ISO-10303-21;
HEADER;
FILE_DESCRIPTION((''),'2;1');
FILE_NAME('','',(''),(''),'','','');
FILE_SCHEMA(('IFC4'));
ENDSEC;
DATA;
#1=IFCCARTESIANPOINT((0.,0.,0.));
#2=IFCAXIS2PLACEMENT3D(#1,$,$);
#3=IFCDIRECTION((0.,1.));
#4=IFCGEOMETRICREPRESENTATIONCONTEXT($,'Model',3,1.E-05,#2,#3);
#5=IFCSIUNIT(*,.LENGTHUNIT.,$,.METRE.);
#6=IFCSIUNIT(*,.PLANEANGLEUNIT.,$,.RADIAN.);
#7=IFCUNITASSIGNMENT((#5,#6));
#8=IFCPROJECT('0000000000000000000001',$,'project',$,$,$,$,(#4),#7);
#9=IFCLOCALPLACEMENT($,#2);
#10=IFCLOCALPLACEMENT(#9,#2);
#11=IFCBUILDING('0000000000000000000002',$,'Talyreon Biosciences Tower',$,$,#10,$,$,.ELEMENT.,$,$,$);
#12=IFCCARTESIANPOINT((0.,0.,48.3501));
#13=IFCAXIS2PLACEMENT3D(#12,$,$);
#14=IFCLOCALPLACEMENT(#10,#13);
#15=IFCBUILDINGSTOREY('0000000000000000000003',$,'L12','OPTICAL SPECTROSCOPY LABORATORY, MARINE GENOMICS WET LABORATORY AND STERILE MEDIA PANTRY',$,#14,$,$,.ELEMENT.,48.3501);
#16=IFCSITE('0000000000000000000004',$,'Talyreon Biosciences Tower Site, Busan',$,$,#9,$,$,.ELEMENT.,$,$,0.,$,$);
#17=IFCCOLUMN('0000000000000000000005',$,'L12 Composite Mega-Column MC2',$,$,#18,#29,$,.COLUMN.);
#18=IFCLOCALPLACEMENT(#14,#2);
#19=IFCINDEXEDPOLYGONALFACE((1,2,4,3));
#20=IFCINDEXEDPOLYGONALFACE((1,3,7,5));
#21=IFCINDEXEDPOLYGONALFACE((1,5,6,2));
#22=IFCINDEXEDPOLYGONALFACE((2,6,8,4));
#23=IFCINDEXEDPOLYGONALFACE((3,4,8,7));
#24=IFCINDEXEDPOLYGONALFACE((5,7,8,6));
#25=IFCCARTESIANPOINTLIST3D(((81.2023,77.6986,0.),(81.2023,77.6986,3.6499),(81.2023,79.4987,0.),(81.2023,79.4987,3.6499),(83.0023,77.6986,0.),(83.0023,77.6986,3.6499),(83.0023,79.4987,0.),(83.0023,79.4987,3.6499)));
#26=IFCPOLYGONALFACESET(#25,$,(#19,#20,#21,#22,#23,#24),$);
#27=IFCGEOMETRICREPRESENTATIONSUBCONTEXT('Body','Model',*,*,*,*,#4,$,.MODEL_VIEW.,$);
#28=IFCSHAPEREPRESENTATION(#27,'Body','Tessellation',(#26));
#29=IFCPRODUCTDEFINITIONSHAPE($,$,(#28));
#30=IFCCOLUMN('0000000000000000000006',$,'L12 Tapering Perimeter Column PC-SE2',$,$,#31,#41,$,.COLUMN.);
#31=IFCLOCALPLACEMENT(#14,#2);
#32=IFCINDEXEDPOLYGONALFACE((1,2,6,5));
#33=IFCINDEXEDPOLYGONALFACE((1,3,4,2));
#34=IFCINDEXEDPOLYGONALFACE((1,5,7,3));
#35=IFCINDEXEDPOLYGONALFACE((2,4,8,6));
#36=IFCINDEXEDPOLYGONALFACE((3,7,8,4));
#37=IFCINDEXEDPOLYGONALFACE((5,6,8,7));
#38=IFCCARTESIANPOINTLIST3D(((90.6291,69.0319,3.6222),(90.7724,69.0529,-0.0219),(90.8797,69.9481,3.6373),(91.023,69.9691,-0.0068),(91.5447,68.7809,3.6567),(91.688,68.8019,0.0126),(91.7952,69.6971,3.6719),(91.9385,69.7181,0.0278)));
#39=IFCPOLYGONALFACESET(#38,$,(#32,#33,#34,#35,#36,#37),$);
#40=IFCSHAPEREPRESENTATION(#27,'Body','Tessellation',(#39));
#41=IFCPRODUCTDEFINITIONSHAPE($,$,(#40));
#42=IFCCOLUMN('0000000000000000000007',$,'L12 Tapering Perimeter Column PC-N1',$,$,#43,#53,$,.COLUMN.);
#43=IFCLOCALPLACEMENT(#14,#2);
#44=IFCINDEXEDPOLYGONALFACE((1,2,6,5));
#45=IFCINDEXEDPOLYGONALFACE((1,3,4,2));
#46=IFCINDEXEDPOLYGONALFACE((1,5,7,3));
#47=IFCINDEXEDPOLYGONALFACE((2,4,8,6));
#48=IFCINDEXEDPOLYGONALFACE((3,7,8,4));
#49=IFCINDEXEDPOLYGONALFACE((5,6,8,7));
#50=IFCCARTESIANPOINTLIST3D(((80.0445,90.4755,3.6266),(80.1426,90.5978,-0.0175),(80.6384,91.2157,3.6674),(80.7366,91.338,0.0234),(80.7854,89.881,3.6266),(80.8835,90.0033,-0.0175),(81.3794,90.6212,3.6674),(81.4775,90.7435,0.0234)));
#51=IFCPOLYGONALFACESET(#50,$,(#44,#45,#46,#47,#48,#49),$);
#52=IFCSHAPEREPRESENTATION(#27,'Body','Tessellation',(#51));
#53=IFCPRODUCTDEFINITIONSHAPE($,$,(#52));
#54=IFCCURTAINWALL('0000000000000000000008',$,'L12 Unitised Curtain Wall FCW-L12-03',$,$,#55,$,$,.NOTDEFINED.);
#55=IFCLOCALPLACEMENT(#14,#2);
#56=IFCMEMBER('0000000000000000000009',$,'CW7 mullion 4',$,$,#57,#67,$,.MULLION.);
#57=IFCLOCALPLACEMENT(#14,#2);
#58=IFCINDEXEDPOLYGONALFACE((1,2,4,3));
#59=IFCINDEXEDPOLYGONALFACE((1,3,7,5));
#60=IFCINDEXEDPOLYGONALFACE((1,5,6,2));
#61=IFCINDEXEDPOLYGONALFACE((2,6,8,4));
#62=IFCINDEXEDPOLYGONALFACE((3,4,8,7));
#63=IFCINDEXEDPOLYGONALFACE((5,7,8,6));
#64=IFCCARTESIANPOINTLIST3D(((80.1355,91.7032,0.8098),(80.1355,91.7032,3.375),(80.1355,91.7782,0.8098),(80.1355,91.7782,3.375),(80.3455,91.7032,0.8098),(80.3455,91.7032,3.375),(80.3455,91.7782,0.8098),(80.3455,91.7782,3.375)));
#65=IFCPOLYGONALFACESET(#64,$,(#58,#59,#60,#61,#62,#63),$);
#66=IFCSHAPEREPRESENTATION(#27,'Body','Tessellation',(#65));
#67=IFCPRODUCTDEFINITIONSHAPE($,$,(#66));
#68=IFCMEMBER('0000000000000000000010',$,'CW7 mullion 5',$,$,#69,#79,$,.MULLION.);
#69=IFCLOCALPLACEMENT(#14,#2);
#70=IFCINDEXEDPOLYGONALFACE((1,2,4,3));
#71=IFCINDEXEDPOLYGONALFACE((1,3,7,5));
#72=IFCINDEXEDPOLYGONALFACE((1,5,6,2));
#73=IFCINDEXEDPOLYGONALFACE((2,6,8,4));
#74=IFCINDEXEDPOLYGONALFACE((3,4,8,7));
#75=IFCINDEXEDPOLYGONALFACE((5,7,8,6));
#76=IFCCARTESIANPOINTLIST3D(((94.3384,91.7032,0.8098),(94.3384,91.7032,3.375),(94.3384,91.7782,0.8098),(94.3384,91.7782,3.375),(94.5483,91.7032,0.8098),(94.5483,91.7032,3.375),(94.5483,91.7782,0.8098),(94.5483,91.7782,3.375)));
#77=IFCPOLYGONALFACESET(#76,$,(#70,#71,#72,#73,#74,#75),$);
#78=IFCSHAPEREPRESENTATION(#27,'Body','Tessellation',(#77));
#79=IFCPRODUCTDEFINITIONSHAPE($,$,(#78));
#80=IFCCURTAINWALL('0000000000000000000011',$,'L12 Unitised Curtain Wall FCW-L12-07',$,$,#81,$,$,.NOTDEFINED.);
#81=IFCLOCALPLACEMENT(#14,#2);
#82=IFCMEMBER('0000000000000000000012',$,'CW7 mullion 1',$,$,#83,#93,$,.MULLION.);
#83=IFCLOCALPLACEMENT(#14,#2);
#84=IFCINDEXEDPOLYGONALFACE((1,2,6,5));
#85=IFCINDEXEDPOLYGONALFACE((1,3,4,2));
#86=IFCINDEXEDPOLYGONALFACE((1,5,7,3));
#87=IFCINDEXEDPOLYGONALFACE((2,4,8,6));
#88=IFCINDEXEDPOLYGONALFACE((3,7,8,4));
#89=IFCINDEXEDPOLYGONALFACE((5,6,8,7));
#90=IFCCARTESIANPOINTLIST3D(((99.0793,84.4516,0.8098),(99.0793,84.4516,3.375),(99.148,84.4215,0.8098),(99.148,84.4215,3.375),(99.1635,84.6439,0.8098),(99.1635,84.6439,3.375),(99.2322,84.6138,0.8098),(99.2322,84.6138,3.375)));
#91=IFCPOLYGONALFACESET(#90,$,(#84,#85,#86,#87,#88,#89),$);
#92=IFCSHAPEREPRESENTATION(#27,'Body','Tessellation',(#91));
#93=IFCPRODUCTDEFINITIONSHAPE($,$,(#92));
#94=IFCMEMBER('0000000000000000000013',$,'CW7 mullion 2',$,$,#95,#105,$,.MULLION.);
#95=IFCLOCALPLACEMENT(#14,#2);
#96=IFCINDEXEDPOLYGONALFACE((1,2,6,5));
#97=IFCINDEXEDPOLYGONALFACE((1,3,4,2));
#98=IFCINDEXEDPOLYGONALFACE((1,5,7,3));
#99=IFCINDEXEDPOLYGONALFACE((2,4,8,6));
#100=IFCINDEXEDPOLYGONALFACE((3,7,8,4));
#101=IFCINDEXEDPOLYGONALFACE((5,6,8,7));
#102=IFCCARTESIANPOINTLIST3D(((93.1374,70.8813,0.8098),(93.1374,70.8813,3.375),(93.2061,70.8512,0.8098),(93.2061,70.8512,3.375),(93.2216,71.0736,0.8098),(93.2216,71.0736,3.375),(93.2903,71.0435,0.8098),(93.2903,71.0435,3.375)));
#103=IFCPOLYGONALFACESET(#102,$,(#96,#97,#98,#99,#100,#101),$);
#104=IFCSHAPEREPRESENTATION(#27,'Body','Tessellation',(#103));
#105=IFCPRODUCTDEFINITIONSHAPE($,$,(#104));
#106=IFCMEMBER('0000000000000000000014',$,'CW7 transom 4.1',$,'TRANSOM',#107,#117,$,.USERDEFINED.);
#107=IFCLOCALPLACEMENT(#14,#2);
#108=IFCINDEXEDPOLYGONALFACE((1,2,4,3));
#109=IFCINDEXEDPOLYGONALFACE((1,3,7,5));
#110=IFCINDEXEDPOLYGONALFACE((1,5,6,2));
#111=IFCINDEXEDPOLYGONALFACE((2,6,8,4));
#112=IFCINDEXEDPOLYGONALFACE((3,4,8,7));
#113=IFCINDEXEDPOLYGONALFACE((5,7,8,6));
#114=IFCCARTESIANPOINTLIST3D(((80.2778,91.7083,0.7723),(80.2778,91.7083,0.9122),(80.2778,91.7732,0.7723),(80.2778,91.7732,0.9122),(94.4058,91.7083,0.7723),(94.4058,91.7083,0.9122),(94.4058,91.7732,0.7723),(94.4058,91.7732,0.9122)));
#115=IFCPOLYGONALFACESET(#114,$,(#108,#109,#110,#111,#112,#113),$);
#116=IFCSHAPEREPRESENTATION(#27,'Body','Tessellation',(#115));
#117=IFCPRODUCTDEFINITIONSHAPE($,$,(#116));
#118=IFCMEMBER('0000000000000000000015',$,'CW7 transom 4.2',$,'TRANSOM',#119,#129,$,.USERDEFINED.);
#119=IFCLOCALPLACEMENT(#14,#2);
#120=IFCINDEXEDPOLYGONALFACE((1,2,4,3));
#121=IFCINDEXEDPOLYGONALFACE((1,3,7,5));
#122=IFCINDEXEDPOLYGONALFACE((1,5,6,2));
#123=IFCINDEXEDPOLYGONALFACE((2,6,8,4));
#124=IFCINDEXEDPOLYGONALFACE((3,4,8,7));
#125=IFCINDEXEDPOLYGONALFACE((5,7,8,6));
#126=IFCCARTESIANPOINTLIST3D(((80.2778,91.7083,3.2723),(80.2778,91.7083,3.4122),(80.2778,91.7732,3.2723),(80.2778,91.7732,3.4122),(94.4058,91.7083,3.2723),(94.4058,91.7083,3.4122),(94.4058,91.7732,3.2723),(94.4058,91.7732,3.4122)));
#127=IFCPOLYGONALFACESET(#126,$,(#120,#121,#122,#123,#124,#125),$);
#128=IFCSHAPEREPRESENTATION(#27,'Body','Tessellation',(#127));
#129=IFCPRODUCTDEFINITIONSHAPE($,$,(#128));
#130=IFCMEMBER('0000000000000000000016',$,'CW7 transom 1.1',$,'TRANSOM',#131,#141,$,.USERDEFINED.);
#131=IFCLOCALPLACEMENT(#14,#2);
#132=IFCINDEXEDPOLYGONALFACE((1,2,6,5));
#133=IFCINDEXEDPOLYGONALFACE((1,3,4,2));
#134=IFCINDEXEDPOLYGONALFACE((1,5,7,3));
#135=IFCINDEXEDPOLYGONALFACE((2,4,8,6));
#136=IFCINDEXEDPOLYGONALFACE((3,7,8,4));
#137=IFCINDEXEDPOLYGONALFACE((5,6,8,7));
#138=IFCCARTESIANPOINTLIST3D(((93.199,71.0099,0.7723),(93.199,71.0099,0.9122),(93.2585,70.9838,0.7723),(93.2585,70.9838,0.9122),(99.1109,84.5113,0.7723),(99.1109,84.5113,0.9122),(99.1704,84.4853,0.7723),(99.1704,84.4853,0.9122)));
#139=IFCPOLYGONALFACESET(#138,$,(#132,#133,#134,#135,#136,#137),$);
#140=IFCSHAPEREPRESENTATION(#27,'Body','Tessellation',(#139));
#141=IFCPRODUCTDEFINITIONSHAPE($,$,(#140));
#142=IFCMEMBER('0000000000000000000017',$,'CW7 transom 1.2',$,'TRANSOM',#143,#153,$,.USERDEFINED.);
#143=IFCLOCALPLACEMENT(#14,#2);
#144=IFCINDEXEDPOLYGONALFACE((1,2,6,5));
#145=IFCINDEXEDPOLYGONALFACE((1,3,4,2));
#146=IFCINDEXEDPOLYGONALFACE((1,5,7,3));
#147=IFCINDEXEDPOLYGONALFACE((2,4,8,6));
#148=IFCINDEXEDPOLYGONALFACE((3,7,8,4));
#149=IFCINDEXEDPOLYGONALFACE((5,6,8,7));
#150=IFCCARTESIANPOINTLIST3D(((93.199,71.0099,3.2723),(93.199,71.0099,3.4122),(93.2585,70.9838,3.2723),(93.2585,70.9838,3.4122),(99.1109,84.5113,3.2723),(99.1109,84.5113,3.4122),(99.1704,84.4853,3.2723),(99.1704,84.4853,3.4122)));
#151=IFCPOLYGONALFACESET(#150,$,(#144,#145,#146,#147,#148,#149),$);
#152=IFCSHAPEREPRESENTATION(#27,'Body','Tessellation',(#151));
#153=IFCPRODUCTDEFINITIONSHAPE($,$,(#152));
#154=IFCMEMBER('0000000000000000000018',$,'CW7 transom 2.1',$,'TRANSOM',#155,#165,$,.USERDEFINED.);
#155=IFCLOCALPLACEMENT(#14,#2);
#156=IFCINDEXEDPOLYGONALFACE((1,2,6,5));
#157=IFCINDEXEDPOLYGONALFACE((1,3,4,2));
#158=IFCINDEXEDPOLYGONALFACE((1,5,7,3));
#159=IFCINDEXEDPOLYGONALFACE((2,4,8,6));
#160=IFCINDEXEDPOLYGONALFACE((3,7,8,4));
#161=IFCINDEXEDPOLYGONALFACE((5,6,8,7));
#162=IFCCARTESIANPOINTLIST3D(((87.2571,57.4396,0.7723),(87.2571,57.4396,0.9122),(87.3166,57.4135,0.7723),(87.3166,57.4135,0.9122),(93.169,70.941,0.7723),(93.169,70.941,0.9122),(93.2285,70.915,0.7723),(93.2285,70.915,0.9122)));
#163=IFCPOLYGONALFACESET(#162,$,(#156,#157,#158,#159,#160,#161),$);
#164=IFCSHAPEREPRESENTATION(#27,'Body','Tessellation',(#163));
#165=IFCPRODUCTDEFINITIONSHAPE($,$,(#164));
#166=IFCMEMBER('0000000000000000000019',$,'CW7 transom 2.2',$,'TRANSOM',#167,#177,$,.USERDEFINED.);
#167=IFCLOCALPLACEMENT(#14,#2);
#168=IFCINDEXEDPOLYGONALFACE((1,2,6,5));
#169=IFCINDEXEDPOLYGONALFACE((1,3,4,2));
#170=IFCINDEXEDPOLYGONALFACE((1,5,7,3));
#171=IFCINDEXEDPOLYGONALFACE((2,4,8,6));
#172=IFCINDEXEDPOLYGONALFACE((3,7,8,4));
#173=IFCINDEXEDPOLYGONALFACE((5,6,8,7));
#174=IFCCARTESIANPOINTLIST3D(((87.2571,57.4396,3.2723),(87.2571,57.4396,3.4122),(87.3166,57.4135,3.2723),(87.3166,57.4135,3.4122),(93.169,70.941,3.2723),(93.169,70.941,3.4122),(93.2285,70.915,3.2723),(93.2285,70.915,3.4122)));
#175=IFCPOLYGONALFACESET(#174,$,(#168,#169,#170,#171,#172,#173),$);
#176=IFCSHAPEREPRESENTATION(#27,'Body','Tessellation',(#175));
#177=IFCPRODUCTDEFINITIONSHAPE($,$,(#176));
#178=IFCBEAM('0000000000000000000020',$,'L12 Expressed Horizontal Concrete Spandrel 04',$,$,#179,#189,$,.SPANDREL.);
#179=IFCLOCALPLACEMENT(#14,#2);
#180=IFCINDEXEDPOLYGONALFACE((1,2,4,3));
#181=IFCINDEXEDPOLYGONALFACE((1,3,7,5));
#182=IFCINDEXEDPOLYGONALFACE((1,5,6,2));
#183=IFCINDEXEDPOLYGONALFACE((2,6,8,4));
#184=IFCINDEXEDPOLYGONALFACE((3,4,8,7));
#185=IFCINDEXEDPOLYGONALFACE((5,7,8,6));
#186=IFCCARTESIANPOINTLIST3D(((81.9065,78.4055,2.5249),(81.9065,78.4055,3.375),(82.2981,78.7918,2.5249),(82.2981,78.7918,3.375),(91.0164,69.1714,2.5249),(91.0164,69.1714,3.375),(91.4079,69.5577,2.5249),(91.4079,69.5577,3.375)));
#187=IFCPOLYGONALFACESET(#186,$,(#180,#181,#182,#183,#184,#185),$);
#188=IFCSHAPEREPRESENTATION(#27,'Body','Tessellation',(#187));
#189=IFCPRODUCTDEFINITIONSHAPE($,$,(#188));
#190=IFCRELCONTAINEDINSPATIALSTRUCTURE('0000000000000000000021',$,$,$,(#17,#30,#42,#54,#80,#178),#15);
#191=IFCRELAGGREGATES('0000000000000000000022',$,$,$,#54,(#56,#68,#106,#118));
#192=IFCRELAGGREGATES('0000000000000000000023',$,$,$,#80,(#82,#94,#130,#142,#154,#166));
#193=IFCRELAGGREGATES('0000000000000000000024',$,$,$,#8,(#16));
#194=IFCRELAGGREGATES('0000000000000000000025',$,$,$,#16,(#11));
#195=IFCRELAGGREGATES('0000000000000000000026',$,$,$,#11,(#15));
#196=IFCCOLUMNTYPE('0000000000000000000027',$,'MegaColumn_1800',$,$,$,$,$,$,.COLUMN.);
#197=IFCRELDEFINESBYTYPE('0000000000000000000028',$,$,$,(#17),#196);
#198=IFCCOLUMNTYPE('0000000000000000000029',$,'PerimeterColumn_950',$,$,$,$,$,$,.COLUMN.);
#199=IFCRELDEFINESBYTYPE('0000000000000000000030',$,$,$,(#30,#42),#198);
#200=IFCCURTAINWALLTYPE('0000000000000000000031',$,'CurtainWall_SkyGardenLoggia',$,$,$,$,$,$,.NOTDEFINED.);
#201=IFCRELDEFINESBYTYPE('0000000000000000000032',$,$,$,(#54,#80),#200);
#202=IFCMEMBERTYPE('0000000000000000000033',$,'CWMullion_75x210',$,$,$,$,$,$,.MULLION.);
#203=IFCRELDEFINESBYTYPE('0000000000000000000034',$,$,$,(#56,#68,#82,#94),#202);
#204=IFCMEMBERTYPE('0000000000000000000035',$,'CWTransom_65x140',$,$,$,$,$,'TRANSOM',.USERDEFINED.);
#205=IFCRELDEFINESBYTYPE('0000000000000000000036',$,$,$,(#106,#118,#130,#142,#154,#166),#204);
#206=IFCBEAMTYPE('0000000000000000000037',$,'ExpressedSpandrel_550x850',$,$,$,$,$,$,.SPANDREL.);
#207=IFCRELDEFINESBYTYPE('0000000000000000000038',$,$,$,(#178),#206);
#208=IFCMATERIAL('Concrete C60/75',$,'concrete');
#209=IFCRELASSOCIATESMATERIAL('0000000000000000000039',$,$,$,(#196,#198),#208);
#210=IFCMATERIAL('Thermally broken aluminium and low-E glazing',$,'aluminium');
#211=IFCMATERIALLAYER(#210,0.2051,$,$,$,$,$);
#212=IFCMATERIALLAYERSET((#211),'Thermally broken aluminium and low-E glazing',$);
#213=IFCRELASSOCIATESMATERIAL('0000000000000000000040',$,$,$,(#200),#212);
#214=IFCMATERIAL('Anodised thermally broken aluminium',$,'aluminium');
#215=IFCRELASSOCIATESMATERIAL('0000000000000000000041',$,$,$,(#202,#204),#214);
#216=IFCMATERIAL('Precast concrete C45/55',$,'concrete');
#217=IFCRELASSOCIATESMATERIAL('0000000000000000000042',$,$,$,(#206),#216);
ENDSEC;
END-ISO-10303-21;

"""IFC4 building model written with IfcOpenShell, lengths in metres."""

from ifc_helpers import new_model, si_unit, direction, frame, origin, origin_2d, place, context, subcontext, project, spatial, rectangle, extrude, material, layer, layer_set, material_profile, profile_set, type_object, element, aggregate, save


model = new_model("IFC4")

# Units and contexts
model_context = context("Model", 3, precision=1e-05, world=origin(), true_north=direction((0.0, 1.0)))
body_context = subcontext(model_context, "Body", "Model", "MODEL_VIEW")
ifc_project = project(units=[si_unit("LENGTHUNIT", "METRE"), si_unit("PLANEANGLEUNIT", "RADIAN")], contexts=[model_context])

# Site, building, storey
site_placement = place(None, origin())
site = spatial("IfcSite", under=ifc_project, at=site_placement, Name="Talyreon Biosciences Tower Site, Busan", CompositionType="ELEMENT", RefElevation=0.0)
building_placement = place(site_placement, origin())
building = spatial("IfcBuilding", under=site, at=building_placement, Name="Talyreon Biosciences Tower", CompositionType="ELEMENT")
storey_placement = place(building_placement, frame((0.0, 0.0, 48.3501)))
storey = spatial("IfcBuildingStorey", under=building, at=storey_placement, Name="L12", Description="OPTICAL SPECTROSCOPY LABORATORY, MARINE GENOMICS WET LABORATORY AND STERILE MEDIA PANTRY", CompositionType="ELEMENT", Elevation=48.3501)

# Columns
ifc_material_1 = material(Name="Concrete C60/75", Category="concrete")
ifc_material_profile_1 = material_profile(ifc_material_1, rectangle(XDim=1.8, YDim=1.8, at=origin_2d()), Name="RC 1800x1800")
ifc_profile_set_1 = profile_set([ifc_material_profile_1], Name="Concrete C60/75")
column_type_1 = type_object("IfcColumnType", Name="MegaColumn_1800", PredefinedType="COLUMN", material=ifc_profile_set_1)
column_1_placement = place(storey_placement, frame((82.1023, 78.5986, 0.0), z_axis=(0.0, 0.0, 1.0), x_axis=(1.0, 0.0, 0.0)))
element("IfcColumn", 1, at=column_1_placement, inside=storey, type_object=column_type_1, Name="L12 Composite Mega-Column MC2", PredefinedType="COLUMN", context=body_context, shape_type="SweptSolid", body=[
    extrude(rectangle(XDim=1.8, YDim=1.8, at=origin_2d()), origin(), (0.0, 0.0, 1.0), 3.6499),
])
ifc_material_profile_2 = material_profile(ifc_material_1, rectangle(XDim=0.95, YDim=0.95, at=origin_2d()), Name="RC 950x950")
ifc_profile_set_2 = profile_set([ifc_material_profile_2], Name="Concrete C60/75")
column_type_2 = type_object("IfcColumnType", Name="PerimeterColumn_950", PredefinedType="COLUMN", material=ifc_profile_set_2)
column_2_placement = place(storey_placement, frame((91.3555, 69.3855, 0.0029), z_axis=(-0.039296, -0.005757, 0.999211), x_axis=(0.963787, -0.26418, 0.036381)))
element("IfcColumn", 2, at=column_2_placement, inside=storey, type_object=column_type_2, Name="L12 Tapering Perimeter Column PC-SE2", PredefinedType="COLUMN", context=body_context, shape_type="SweptSolid", body=[
    extrude(rectangle(XDim=0.95, YDim=0.95, at=origin_2d()), origin(), (0.0, 0.0, 1.0), 3.647),
])
column_3_placement = place(storey_placement, frame((80.8101, 90.6707, 0.0029), z_axis=(-0.026908, -0.033535, 0.999075), x_axis=(-0.779957, 0.625834, 0.0)))
element("IfcColumn", 3, at=column_3_placement, inside=storey, type_object=column_type_2, Name="L12 Tapering Perimeter Column PC-N1", PredefinedType="COLUMN", context=body_context, shape_type="SweptSolid", body=[
    extrude(rectangle(XDim=0.95, YDim=0.95, at=origin_2d()), origin(), (0.0, 0.0, 1.0), 3.6475),
])

# Curtain walls, members
ifc_material_2 = material(Name="Thermally broken aluminium and low-E glazing", Category="aluminium")
ifc_layer_1 = layer(ifc_material_2, 0.2051)
ifc_layer_set_1 = layer_set([ifc_layer_1], Name="Thermally broken aluminium and low-E glazing")
curtain_wall_type = type_object("IfcCurtainWallType", Name="CurtainWall_SkyGardenLoggia", PredefinedType="NOTDEFINED", material=ifc_layer_set_1)
curtain_wall_1_placement = place(storey_placement, origin())
curtain_wall_1 = element("IfcCurtainWall", 4, at=curtain_wall_1_placement, inside=storey, type_object=curtain_wall_type, Name="L12 Unitised Curtain Wall FCW-L12-03", PredefinedType="NOTDEFINED")
ifc_material_3 = material(Name="Anodised thermally broken aluminium", Category="aluminium")
ifc_material_profile_3 = material_profile(ifc_material_3, rectangle(XDim=0.075, YDim=0.21, at=origin_2d()), Name="ALUM MULLION 75x210")
ifc_profile_set_3 = profile_set([ifc_material_profile_3], Name="Anodised thermally broken aluminium")
member_type_1 = type_object("IfcMemberType", Name="CWMullion_75x210", PredefinedType="MULLION", material=ifc_profile_set_3)
member_1_placement = place(storey_placement, frame((80.2405, 91.7407, 0.8098), z_axis=(0.0, 0.0, 1.0), x_axis=(0.0, 1.0, 0.0)))
member_1 = element("IfcMember", 5, at=member_1_placement, type_object=member_type_1, Name="CW7 mullion 4", PredefinedType="MULLION", context=body_context, shape_type="SweptSolid", body=[
    extrude(rectangle(XDim=0.075, YDim=0.21, at=origin_2d()), origin(), (0.0, 0.0, 1.0), 2.5652),
])
member_2_placement = place(storey_placement, frame((94.4434, 91.7407, 0.8098), z_axis=(0.0, 0.0, 1.0), x_axis=(0.0, 1.0, 0.0)))
member_2 = element("IfcMember", 6, at=member_2_placement, type_object=member_type_1, Name="CW7 mullion 5", PredefinedType="MULLION", context=body_context, shape_type="SweptSolid", body=[
    extrude(rectangle(XDim=0.075, YDim=0.21, at=origin_2d()), origin(), (0.0, 0.0, 1.0), 2.5652),
])
curtain_wall_2_placement = place(storey_placement, origin())
curtain_wall_2 = element("IfcCurtainWall", 7, at=curtain_wall_2_placement, inside=storey, type_object=curtain_wall_type, Name="L12 Unitised Curtain Wall FCW-L12-07", PredefinedType="NOTDEFINED")
member_3_placement = place(storey_placement, frame((99.1558, 84.5327, 0.8098), z_axis=(0.0, 0.0, 1.0), x_axis=(0.916035, -0.401098, 0.0)))
member_3 = element("IfcMember", 8, at=member_3_placement, type_object=member_type_1, Name="CW7 mullion 1", PredefinedType="MULLION", context=body_context, shape_type="SweptSolid", body=[
    extrude(rectangle(XDim=0.075, YDim=0.21, at=origin_2d()), origin(), (0.0, 0.0, 1.0), 2.5652),
])
member_4_placement = place(storey_placement, frame((93.2139, 70.9624, 0.8098), z_axis=(0.0, 0.0, 1.0), x_axis=(0.916035, -0.401098, 0.0)))
member_4 = element("IfcMember", 9, at=member_4_placement, type_object=member_type_1, Name="CW7 mullion 2", PredefinedType="MULLION", context=body_context, shape_type="SweptSolid", body=[
    extrude(rectangle(XDim=0.075, YDim=0.21, at=origin_2d()), origin(), (0.0, 0.0, 1.0), 2.5652),
])

# Members
ifc_material_profile_4 = material_profile(ifc_material_3, rectangle(XDim=0.0649, YDim=0.1399, at=origin_2d()), Name="ALUM TRANSOM 65x140")
ifc_profile_set_4 = profile_set([ifc_material_profile_4], Name="Anodised thermally broken aluminium")
member_type_2 = type_object("IfcMemberType", Name="CWTransom_65x140", ElementType="TRANSOM", PredefinedType="USERDEFINED", material=ifc_profile_set_4)
member_5_placement = place(storey_placement, frame((80.2778, 91.7407, 0.8423), z_axis=(1.0, 0.0, 0.0), x_axis=(0.0, 1.0, 0.0)))
member_5 = element("IfcMember", 10, at=member_5_placement, type_object=member_type_2, Name="CW7 transom 4.1", ObjectType="TRANSOM", PredefinedType="USERDEFINED", context=body_context, shape_type="SweptSolid", body=[
    extrude(rectangle(XDim=0.0649, YDim=0.1399, at=origin_2d()), origin(), (0.0, 0.0, 1.0), 14.1279),
])
member_6_placement = place(storey_placement, frame((80.2778, 91.7407, 3.3423), z_axis=(1.0, 0.0, 0.0), x_axis=(0.0, 1.0, 0.0)))
member_6 = element("IfcMember", 11, at=member_6_placement, type_object=member_type_2, Name="CW7 transom 4.2", ObjectType="TRANSOM", PredefinedType="USERDEFINED", context=body_context, shape_type="SweptSolid", body=[
    extrude(rectangle(XDim=0.0649, YDim=0.1399, at=origin_2d()), origin(), (0.0, 0.0, 1.0), 14.1279),
])
member_7_placement = place(storey_placement, frame((99.1406, 84.4983, 0.8423), z_axis=(-0.401102, -0.916033, 0.0), x_axis=(0.916033, -0.401102, 0.0)))
member_7 = element("IfcMember", 12, at=member_7_placement, type_object=member_type_2, Name="CW7 transom 1.1", ObjectType="TRANSOM", PredefinedType="USERDEFINED", context=body_context, shape_type="SweptSolid", body=[
    extrude(rectangle(XDim=0.0649, YDim=0.1399, at=origin_2d()), origin(), (0.0, 0.0, 1.0), 14.739),
])
member_8_placement = place(storey_placement, frame((99.1406, 84.4983, 3.3423), z_axis=(-0.401102, -0.916033, 0.0), x_axis=(0.916033, -0.401102, 0.0)))
member_8 = element("IfcMember", 13, at=member_8_placement, type_object=member_type_2, Name="CW7 transom 1.2", ObjectType="TRANSOM", PredefinedType="USERDEFINED", context=body_context, shape_type="SweptSolid", body=[
    extrude(rectangle(XDim=0.0649, YDim=0.1399, at=origin_2d()), origin(), (0.0, 0.0, 1.0), 14.739),
])
member_9_placement = place(storey_placement, frame((93.1987, 70.928, 0.8423), z_axis=(-0.401102, -0.916033, 0.0), x_axis=(0.916033, -0.401102, 0.0)))
member_9 = element("IfcMember", 14, at=member_9_placement, type_object=member_type_2, Name="CW7 transom 2.1", ObjectType="TRANSOM", PredefinedType="USERDEFINED", context=body_context, shape_type="SweptSolid", body=[
    extrude(rectangle(XDim=0.0649, YDim=0.1399, at=origin_2d()), origin(), (0.0, 0.0, 1.0), 14.739),
])
member_10_placement = place(storey_placement, frame((93.1987, 70.928, 3.3423), z_axis=(-0.401102, -0.916033, 0.0), x_axis=(0.916033, -0.401102, 0.0)))
member_10 = element("IfcMember", 15, at=member_10_placement, type_object=member_type_2, Name="CW7 transom 2.2", ObjectType="TRANSOM", PredefinedType="USERDEFINED", context=body_context, shape_type="SweptSolid", body=[
    extrude(rectangle(XDim=0.0649, YDim=0.1399, at=origin_2d()), origin(), (0.0, 0.0, 1.0), 14.739),
])

# Beam
ifc_material_4 = material(Name="Precast concrete C45/55", Category="concrete")
ifc_material_profile_5 = material_profile(ifc_material_4, rectangle(XDim=0.55, YDim=0.8501, at=origin_2d()), Name="RCB 550x850")
ifc_profile_set_5 = profile_set([ifc_material_profile_5], Name="Precast concrete C45/55")
beam_type_1 = type_object("IfcBeamType", Name="ExpressedSpandrel_550x850", PredefinedType="SPANDREL", material=ifc_profile_set_5)
beam_1_placement = place(storey_placement, frame((91.2122, 69.3645, 2.95), z_axis=(-0.702301, 0.711881, 0.0), x_axis=(-0.711881, -0.702301, 0.0)))
element("IfcBeam", 16, at=beam_1_placement, inside=storey, type_object=beam_type_1, Name="L12 Expressed Horizontal Concrete Spandrel 04", PredefinedType="SPANDREL", context=body_context, shape_type="SweptSolid", body=[
    extrude(rectangle(XDim=0.55, YDim=0.8501, at=origin_2d()), origin(), (0.0, 0.0, 1.0), 12.9714),
])

aggregate(curtain_wall_1, [member_1, member_2, member_5, member_6])
aggregate(curtain_wall_2, [member_3, member_4, member_7, member_8, member_9, member_10])

save(model, "model.ifc")
